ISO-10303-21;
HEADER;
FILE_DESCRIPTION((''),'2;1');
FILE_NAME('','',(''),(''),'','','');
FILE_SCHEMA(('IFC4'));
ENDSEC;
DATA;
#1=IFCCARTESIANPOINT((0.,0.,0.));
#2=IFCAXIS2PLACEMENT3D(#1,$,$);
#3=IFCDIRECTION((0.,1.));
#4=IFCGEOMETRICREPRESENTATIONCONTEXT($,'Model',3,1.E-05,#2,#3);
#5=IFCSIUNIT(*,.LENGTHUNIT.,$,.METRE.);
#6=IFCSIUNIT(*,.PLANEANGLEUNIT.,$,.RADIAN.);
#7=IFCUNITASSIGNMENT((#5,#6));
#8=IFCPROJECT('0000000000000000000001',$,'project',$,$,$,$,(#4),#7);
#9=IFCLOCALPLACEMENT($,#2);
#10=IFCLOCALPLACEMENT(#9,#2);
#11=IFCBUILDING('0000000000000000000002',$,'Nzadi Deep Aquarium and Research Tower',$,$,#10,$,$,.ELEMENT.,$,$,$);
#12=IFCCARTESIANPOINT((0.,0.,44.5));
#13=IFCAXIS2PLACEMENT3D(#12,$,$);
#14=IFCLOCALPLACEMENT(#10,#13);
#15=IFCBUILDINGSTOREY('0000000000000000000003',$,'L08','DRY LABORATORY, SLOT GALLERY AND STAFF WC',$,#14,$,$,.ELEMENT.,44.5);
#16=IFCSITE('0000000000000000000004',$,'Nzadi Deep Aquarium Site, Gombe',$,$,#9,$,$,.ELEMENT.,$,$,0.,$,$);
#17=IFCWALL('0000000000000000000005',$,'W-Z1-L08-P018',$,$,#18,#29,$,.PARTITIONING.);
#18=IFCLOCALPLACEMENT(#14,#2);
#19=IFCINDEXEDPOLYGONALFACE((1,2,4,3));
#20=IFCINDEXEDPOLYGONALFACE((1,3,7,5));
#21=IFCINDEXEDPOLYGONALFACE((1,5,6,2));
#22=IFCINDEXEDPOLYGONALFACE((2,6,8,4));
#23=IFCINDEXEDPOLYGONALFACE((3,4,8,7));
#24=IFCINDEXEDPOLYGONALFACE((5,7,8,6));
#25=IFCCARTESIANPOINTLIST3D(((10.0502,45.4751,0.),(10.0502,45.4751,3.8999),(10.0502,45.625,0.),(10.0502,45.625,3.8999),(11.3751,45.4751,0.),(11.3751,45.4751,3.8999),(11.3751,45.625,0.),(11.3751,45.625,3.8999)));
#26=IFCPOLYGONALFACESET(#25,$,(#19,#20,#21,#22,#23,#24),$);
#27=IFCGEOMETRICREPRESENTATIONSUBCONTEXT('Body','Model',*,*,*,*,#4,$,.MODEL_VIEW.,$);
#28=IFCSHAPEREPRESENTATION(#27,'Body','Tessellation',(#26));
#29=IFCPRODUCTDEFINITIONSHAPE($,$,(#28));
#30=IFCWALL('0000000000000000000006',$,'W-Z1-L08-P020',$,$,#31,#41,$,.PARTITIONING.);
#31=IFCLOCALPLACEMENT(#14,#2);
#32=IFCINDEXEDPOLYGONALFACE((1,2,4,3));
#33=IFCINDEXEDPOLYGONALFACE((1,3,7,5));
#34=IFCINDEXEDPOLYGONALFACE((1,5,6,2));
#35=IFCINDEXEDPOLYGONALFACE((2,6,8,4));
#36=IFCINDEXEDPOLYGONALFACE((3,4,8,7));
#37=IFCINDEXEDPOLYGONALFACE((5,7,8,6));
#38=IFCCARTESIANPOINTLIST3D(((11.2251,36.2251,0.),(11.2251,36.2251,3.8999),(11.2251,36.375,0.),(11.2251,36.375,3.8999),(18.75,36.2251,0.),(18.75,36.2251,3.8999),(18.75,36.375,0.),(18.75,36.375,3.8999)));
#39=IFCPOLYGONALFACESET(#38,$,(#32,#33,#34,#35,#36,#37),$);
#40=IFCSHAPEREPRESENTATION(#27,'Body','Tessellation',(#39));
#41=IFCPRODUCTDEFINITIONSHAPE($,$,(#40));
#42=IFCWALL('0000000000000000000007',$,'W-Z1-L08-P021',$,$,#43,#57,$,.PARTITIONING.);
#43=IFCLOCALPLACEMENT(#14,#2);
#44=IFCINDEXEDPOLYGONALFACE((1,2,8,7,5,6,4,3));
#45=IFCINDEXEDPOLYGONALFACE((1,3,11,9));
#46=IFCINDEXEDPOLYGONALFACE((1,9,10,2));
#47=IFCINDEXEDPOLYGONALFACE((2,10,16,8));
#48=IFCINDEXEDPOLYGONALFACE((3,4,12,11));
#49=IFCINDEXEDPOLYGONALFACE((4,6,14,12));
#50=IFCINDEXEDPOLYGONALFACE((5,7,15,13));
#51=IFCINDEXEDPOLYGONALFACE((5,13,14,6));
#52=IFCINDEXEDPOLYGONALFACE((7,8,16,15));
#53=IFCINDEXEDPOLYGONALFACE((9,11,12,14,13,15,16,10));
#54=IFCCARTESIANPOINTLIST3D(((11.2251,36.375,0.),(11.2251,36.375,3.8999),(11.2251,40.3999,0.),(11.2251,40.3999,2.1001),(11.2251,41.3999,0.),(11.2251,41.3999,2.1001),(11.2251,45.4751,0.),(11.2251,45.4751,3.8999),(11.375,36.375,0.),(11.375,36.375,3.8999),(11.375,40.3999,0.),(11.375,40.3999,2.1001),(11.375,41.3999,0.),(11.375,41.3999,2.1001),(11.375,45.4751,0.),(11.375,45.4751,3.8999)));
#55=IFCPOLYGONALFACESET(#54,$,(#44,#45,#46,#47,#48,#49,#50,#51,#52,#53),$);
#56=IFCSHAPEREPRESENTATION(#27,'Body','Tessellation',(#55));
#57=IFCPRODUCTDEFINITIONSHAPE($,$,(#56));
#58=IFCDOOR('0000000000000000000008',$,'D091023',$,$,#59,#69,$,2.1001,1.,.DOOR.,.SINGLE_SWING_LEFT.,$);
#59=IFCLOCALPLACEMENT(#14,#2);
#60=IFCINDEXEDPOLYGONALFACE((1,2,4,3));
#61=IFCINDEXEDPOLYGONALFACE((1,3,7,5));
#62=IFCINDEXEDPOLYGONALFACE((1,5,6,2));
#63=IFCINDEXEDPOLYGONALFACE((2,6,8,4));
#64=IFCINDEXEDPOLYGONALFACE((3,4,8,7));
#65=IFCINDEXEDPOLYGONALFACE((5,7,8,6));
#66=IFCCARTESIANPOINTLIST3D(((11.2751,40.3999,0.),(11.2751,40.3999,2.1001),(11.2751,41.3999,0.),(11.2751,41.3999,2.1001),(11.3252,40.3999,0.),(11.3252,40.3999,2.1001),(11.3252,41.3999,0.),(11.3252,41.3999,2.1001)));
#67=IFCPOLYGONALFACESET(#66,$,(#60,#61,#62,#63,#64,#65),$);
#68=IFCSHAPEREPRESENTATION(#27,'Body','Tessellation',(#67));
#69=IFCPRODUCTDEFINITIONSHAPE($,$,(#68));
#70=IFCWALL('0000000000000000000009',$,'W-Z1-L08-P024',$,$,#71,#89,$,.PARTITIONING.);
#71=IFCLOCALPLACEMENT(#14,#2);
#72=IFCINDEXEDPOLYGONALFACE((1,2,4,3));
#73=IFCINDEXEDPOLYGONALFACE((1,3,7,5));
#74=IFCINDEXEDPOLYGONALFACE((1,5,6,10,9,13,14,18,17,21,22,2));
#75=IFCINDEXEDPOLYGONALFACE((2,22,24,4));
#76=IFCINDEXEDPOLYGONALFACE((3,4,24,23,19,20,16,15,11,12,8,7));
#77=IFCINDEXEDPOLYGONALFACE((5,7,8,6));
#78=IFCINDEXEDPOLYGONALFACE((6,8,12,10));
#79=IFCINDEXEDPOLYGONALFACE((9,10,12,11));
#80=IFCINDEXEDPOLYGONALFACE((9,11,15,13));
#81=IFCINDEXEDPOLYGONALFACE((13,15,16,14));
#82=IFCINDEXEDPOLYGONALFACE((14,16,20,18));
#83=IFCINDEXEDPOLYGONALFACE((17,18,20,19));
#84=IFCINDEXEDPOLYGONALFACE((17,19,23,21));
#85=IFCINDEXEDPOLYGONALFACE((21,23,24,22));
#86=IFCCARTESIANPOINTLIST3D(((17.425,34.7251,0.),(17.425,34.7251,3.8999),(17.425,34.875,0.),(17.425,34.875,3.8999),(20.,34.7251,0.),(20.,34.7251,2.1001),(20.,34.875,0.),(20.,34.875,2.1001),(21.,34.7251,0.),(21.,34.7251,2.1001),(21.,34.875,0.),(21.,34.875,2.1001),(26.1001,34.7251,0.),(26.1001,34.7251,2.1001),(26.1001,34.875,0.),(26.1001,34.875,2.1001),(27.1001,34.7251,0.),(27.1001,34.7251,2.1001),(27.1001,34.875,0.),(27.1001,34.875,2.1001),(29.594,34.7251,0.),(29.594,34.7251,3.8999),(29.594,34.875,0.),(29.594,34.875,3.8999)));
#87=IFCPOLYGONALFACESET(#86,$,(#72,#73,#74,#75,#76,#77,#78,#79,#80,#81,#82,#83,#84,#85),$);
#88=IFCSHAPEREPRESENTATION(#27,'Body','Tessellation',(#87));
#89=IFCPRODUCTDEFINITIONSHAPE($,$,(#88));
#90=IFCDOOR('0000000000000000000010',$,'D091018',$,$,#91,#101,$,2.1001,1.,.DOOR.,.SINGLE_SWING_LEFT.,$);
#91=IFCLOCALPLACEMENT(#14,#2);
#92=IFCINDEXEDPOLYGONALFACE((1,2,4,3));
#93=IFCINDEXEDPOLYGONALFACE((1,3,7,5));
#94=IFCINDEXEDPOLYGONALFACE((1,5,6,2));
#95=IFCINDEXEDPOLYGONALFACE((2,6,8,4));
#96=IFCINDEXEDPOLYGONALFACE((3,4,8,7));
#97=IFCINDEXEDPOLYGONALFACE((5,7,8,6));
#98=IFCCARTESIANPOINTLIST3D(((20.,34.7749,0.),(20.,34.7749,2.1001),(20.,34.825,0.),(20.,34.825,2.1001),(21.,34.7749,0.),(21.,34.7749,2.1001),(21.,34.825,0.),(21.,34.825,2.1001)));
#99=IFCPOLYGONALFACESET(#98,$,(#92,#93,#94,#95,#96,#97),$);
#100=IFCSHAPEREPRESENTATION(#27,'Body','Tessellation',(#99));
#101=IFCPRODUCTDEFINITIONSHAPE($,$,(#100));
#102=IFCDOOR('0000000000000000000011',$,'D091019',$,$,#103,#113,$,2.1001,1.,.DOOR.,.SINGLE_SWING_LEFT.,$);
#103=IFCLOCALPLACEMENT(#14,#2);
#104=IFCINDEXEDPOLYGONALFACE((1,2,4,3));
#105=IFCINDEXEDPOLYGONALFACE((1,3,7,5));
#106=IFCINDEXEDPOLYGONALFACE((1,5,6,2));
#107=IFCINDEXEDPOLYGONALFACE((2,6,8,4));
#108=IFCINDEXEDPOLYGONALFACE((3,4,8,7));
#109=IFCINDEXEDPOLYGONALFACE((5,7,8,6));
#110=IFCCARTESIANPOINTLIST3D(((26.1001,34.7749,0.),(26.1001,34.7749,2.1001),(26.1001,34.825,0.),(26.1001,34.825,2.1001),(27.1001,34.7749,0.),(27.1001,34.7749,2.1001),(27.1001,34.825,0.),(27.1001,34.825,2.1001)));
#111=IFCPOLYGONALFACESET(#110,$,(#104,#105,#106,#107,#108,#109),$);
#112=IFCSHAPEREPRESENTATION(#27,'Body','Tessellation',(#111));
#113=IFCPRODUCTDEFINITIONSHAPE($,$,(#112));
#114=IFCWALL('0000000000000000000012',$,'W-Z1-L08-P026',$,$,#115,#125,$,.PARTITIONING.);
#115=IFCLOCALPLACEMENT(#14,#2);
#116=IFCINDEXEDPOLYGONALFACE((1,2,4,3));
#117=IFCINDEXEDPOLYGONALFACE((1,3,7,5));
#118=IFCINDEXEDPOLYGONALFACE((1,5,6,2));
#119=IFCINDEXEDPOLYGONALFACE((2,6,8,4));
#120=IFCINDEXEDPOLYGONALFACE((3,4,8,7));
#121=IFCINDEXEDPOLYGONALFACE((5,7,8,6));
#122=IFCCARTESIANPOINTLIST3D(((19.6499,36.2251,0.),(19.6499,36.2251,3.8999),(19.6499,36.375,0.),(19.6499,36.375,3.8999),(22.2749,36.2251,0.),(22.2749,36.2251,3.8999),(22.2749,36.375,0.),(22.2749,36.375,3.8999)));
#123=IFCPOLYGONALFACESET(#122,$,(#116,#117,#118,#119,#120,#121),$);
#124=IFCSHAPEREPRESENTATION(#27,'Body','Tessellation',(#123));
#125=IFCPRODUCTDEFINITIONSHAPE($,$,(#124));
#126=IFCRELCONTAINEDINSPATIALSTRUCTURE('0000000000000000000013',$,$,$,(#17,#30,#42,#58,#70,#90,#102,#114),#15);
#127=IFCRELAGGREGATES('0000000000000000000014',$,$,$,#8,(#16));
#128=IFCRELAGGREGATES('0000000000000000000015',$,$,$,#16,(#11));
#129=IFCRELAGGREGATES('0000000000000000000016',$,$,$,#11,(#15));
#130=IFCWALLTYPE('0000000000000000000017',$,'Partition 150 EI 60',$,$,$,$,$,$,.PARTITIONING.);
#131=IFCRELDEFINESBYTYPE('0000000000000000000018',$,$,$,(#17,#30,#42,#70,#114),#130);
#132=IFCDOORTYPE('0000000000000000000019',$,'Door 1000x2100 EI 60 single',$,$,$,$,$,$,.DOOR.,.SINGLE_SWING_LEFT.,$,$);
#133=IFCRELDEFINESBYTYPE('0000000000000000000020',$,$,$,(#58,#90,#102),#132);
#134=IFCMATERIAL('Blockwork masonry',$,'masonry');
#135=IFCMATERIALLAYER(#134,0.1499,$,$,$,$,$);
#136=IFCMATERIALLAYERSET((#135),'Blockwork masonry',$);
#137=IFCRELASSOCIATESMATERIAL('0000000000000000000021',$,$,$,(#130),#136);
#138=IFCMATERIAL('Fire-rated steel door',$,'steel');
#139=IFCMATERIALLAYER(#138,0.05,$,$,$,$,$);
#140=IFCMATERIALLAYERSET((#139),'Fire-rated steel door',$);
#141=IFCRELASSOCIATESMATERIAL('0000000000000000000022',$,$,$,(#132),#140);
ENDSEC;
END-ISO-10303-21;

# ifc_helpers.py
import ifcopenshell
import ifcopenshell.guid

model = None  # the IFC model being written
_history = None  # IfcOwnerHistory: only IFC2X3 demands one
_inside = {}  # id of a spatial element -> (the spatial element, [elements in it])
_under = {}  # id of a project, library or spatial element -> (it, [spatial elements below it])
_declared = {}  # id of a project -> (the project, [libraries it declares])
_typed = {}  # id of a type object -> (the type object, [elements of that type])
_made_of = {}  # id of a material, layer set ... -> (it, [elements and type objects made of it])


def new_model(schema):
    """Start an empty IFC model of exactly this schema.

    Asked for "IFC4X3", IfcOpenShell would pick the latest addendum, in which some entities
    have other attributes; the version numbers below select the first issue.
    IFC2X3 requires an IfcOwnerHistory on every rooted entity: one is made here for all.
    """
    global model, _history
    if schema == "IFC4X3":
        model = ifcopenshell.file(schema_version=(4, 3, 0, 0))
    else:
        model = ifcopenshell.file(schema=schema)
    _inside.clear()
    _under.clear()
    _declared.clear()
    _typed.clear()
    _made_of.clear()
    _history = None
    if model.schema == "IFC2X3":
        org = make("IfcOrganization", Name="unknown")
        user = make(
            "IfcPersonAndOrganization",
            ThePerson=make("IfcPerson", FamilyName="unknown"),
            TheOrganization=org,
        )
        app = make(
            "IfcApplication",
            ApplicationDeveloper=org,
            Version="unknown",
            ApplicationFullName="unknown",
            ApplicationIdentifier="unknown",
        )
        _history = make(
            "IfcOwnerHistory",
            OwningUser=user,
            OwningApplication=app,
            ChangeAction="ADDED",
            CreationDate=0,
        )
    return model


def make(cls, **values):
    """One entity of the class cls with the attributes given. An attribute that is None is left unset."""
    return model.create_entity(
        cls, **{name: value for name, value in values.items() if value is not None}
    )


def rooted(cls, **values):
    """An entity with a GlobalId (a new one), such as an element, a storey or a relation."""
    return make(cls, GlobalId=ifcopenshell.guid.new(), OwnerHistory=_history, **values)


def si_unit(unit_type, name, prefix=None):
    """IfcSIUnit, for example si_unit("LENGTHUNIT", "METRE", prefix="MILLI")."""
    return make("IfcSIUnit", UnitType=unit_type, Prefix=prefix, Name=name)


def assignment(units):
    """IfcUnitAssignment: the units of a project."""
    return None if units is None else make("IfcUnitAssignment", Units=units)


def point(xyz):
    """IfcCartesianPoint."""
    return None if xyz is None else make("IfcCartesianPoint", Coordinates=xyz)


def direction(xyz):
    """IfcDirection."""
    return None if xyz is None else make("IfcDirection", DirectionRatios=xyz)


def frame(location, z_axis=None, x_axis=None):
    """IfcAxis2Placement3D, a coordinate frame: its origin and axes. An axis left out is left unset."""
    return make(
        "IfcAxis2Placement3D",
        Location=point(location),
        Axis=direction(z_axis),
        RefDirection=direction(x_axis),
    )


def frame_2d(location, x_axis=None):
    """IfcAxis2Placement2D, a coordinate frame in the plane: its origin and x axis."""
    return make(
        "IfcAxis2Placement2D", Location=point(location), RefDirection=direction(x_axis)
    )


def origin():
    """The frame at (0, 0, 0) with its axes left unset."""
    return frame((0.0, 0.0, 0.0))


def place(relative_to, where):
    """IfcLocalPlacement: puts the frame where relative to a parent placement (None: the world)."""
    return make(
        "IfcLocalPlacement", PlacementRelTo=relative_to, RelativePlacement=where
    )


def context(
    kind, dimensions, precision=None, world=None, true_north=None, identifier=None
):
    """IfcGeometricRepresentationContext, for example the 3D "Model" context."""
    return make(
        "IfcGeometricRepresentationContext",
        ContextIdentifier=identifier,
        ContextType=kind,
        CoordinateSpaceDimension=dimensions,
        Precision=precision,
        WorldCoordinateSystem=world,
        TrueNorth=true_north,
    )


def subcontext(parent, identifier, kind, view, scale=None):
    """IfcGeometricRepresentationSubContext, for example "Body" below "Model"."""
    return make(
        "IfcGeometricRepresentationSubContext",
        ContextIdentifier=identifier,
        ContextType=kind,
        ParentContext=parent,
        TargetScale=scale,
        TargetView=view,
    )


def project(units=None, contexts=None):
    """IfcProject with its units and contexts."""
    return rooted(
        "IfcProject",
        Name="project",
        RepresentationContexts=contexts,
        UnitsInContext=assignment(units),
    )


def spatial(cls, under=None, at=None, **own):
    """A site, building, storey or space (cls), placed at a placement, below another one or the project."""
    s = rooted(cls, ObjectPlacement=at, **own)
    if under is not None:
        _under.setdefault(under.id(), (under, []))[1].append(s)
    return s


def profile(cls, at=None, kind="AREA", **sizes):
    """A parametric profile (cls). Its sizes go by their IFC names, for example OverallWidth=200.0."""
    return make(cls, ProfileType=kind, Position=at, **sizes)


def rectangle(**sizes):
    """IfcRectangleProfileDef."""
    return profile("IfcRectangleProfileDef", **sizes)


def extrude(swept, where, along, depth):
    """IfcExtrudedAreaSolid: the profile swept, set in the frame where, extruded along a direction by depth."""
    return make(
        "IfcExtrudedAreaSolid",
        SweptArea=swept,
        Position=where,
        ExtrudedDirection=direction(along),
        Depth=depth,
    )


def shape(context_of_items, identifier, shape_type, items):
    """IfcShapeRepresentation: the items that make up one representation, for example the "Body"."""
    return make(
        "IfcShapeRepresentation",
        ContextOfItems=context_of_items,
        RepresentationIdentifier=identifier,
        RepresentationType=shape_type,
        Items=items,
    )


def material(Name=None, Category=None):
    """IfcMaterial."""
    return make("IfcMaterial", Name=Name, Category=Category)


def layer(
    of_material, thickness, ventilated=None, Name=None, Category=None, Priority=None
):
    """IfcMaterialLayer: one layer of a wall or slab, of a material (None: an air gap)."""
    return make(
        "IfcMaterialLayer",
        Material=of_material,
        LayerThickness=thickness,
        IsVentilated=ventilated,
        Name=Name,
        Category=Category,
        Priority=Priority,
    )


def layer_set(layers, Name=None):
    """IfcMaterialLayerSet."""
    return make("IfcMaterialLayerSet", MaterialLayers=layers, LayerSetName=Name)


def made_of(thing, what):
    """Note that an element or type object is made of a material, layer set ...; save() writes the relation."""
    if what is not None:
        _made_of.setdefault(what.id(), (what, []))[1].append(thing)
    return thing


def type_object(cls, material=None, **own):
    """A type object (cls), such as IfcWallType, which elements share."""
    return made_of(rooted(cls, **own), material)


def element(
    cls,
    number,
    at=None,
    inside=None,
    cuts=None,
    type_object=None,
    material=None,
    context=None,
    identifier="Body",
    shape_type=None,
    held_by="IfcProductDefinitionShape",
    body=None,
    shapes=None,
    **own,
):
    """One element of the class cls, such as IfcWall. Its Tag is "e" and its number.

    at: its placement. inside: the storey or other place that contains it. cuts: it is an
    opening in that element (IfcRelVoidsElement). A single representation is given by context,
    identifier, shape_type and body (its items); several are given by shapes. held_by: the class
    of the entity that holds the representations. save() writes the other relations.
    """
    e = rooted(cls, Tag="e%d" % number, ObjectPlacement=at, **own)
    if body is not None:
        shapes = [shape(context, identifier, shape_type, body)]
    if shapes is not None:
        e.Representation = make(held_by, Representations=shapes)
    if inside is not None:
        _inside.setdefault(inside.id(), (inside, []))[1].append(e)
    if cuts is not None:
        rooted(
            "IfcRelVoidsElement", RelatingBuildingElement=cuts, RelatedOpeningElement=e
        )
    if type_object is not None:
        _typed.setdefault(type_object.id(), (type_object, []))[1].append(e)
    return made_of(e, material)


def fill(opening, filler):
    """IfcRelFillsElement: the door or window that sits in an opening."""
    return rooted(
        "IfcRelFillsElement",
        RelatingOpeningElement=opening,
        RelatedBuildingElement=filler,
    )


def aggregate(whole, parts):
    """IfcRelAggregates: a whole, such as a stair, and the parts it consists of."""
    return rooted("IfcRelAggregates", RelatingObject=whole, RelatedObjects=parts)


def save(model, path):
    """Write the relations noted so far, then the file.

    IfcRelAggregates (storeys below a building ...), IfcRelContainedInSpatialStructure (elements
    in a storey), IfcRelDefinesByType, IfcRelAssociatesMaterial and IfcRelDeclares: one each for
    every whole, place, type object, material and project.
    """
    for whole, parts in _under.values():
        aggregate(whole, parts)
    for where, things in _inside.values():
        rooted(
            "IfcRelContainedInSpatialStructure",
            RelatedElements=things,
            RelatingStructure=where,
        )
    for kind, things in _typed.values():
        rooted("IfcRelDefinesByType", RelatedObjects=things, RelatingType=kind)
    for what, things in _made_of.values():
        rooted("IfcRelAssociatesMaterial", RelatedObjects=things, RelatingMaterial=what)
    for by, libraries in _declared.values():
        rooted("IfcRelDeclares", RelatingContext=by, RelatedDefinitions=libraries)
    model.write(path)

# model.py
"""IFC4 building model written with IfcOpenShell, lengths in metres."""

from ifc_helpers import new_model, si_unit, direction, frame, frame_2d, origin, place, context, subcontext, project, spatial, rectangle, extrude, material, layer, layer_set, type_object, element, fill, save


model = new_model("IFC4")

# Units and contexts
model_context = context("Model", 3, precision=1e-05, world=origin(), true_north=direction((0.0, 1.0)))
body_context = subcontext(model_context, "Body", "Model", "MODEL_VIEW")
ifc_project = project(units=[si_unit("LENGTHUNIT", "METRE"), si_unit("PLANEANGLEUNIT", "RADIAN")], contexts=[model_context])

# Site, building, storey
site_placement = place(None, origin())
site = spatial("IfcSite", under=ifc_project, at=site_placement, Name="Nzadi Deep Aquarium Site, Gombe", CompositionType="ELEMENT", RefElevation=0.0)
building_placement = place(site_placement, origin())
building = spatial("IfcBuilding", under=site, at=building_placement, Name="Nzadi Deep Aquarium and Research Tower", CompositionType="ELEMENT")
storey_placement = place(building_placement, frame((0.0, 0.0, 44.5)))
storey = spatial("IfcBuildingStorey", under=building, at=storey_placement, Name="L08", Description="DRY LABORATORY, SLOT GALLERY AND STAFF WC", CompositionType="ELEMENT", Elevation=44.5)

# Walls
ifc_material_1 = material(Name="Blockwork masonry", Category="masonry")
ifc_layer_1 = layer(ifc_material_1, 0.1499)
ifc_layer_set_1 = layer_set([ifc_layer_1], Name="Blockwork masonry")
wall_type_1 = type_object("IfcWallType", Name="Partition 150 EI 60", PredefinedType="PARTITIONING", material=ifc_layer_set_1)
wall_1_placement = place(storey_placement, frame((10.05, 45.55, 0.0), z_axis=(0.0, 0.0, 1.0), x_axis=(1.0, 0.0, 0.0)))
element("IfcWall", 1, at=wall_1_placement, inside=storey, type_object=wall_type_1, Name="W-Z1-L08-P018", PredefinedType="PARTITIONING", context=body_context, shape_type="SweptSolid", body=[
    extrude(rectangle(XDim=1.325, YDim=0.1499, at=frame_2d((0.6626, 0.0))), origin(), (0.0, 0.0, 1.0), 3.8999),
])
wall_2_placement = place(storey_placement, frame((11.2251, 36.3, 0.0), z_axis=(0.0, 0.0, 1.0), x_axis=(1.0, 0.0, 0.0)))
element("IfcWall", 2, at=wall_2_placement, inside=storey, type_object=wall_type_1, Name="W-Z1-L08-P020", PredefinedType="PARTITIONING", context=body_context, shape_type="SweptSolid", body=[
    extrude(rectangle(XDim=7.5249, YDim=0.1499, at=frame_2d((3.7625, 0.0))), origin(), (0.0, 0.0, 1.0), 3.8999),
])

# Wall, opening, door
wall_3_placement = place(storey_placement, frame((11.3, 36.375, 0.0), z_axis=(0.0, 0.0, 1.0), x_axis=(0.0, 1.0, 0.0)))
wall_3 = element("IfcWall", 3, at=wall_3_placement, inside=storey, type_object=wall_type_1, Name="W-Z1-L08-P021", PredefinedType="PARTITIONING", context=body_context, shape_type="SweptSolid", body=[
    extrude(rectangle(XDim=9.1001, YDim=0.1499, at=frame_2d((4.55, 0.0))), origin(), (0.0, 0.0, 1.0), 3.8999),
])
opening_1_placement = place(wall_3_placement, frame((4.0249, 0.0, 0.0)))
opening_1 = element("IfcOpeningElement", 4, at=opening_1_placement, cuts=wall_3, PredefinedType="OPENING", context=body_context, shape_type="SweptSolid", body=[
    extrude(rectangle(XDim=1.0, YDim=2.1001, at=frame_2d((0.5, 1.05))), frame((0.0, 0.085, 0.0), z_axis=(0.0, -1.0, 0.0), x_axis=(1.0, 0.0, 0.0)), (0.0, 0.0, 1.0), 0.1699),
])
ifc_material_2 = material(Name="Fire-rated steel door", Category="steel")
ifc_layer_2 = layer(ifc_material_2, 0.05)
ifc_layer_set_2 = layer_set([ifc_layer_2], Name="Fire-rated steel door")
door_type = type_object("IfcDoorType", Name="Door 1000x2100 EI 60 single", OperationType="SINGLE_SWING_LEFT", PredefinedType="DOOR", material=ifc_layer_set_2)
door_1_placement = place(opening_1_placement, origin())
door_1 = element("IfcDoor", 5, at=door_1_placement, inside=storey, type_object=door_type, Name="D091023", OperationType="SINGLE_SWING_LEFT", OverallHeight=2.1001, OverallWidth=1.0, PredefinedType="DOOR", context=body_context, shape_type="SweptSolid", body=[
    extrude(rectangle(XDim=1.0, YDim=2.1001, at=frame_2d((0.5, 1.05))), frame((0.0, 0.0249, 0.0), z_axis=(0.0, -1.0, 0.0), x_axis=(1.0, 0.0, 0.0)), (0.0, 0.0, 1.0), 0.05),
])
fill(opening_1, door_1)

# Wall, openings, doors
wall_4_placement = place(storey_placement, frame((17.425, 34.8, 0.0), z_axis=(0.0, 0.0, 1.0), x_axis=(1.0, 0.0, 0.0)))
wall_4 = element("IfcWall", 6, at=wall_4_placement, inside=storey, type_object=wall_type_1, Name="W-Z1-L08-P024", PredefinedType="PARTITIONING", context=body_context, shape_type="SweptSolid", body=[
    extrude(rectangle(XDim=12.1689, YDim=0.1499, at=frame_2d((6.0845, 0.0))), origin(), (0.0, 0.0, 1.0), 3.8999),
])
opening_2_placement = place(wall_4_placement, frame((2.575, 0.0, 0.0)))
opening_2 = element("IfcOpeningElement", 7, at=opening_2_placement, cuts=wall_4, PredefinedType="OPENING", context=body_context, shape_type="SweptSolid", body=[
    extrude(rectangle(XDim=1.0, YDim=2.1001, at=frame_2d((0.5, 1.05))), frame((0.0, 0.085, 0.0), z_axis=(0.0, -1.0, 0.0), x_axis=(1.0, 0.0, 0.0)), (0.0, 0.0, 1.0), 0.1699),
])
opening_3_placement = place(wall_4_placement, frame((8.675, 0.0, 0.0)))
opening_3 = element("IfcOpeningElement", 8, at=opening_3_placement, cuts=wall_4, PredefinedType="OPENING", context=body_context, shape_type="SweptSolid", body=[
    extrude(rectangle(XDim=1.0, YDim=2.1001, at=frame_2d((0.5, 1.05))), frame((0.0, 0.085, 0.0), z_axis=(0.0, -1.0, 0.0), x_axis=(1.0, 0.0, 0.0)), (0.0, 0.0, 1.0), 0.1699),
])
door_2_placement = place(opening_2_placement, origin())
door_2 = element("IfcDoor", 9, at=door_2_placement, inside=storey, type_object=door_type, Name="D091018", OperationType="SINGLE_SWING_LEFT", OverallHeight=2.1001, OverallWidth=1.0, PredefinedType="DOOR", context=body_context, shape_type="SweptSolid", body=[
    extrude(rectangle(XDim=1.0, YDim=2.1001, at=frame_2d((0.5, 1.05))), frame((0.0, 0.0249, 0.0), z_axis=(0.0, -1.0, 0.0), x_axis=(1.0, 0.0, 0.0)), (0.0, 0.0, 1.0), 0.05),
])
fill(opening_2, door_2)
door_3_placement = place(opening_3_placement, origin())
door_3 = element("IfcDoor", 10, at=door_3_placement, inside=storey, type_object=door_type, Name="D091019", OperationType="SINGLE_SWING_LEFT", OverallHeight=2.1001, OverallWidth=1.0, PredefinedType="DOOR", context=body_context, shape_type="SweptSolid", body=[
    extrude(rectangle(XDim=1.0, YDim=2.1001, at=frame_2d((0.5, 1.05))), frame((0.0, 0.0249, 0.0), z_axis=(0.0, -1.0, 0.0), x_axis=(1.0, 0.0, 0.0)), (0.0, 0.0, 1.0), 0.05),
])
fill(opening_3, door_3)

# Wall
wall_5_placement = place(storey_placement, frame((19.6499, 36.3, 0.0), z_axis=(0.0, 0.0, 1.0), x_axis=(1.0, 0.0, 0.0)))
element("IfcWall", 11, at=wall_5_placement, inside=storey, type_object=wall_type_1, Name="W-Z1-L08-P026", PredefinedType="PARTITIONING", context=body_context, shape_type="SweptSolid", body=[
    extrude(rectangle(XDim=2.625, YDim=0.1499, at=frame_2d((1.3125, 0.0))), origin(), (0.0, 0.0, 1.0), 3.8999),
])

save(model, "model.ifc")
